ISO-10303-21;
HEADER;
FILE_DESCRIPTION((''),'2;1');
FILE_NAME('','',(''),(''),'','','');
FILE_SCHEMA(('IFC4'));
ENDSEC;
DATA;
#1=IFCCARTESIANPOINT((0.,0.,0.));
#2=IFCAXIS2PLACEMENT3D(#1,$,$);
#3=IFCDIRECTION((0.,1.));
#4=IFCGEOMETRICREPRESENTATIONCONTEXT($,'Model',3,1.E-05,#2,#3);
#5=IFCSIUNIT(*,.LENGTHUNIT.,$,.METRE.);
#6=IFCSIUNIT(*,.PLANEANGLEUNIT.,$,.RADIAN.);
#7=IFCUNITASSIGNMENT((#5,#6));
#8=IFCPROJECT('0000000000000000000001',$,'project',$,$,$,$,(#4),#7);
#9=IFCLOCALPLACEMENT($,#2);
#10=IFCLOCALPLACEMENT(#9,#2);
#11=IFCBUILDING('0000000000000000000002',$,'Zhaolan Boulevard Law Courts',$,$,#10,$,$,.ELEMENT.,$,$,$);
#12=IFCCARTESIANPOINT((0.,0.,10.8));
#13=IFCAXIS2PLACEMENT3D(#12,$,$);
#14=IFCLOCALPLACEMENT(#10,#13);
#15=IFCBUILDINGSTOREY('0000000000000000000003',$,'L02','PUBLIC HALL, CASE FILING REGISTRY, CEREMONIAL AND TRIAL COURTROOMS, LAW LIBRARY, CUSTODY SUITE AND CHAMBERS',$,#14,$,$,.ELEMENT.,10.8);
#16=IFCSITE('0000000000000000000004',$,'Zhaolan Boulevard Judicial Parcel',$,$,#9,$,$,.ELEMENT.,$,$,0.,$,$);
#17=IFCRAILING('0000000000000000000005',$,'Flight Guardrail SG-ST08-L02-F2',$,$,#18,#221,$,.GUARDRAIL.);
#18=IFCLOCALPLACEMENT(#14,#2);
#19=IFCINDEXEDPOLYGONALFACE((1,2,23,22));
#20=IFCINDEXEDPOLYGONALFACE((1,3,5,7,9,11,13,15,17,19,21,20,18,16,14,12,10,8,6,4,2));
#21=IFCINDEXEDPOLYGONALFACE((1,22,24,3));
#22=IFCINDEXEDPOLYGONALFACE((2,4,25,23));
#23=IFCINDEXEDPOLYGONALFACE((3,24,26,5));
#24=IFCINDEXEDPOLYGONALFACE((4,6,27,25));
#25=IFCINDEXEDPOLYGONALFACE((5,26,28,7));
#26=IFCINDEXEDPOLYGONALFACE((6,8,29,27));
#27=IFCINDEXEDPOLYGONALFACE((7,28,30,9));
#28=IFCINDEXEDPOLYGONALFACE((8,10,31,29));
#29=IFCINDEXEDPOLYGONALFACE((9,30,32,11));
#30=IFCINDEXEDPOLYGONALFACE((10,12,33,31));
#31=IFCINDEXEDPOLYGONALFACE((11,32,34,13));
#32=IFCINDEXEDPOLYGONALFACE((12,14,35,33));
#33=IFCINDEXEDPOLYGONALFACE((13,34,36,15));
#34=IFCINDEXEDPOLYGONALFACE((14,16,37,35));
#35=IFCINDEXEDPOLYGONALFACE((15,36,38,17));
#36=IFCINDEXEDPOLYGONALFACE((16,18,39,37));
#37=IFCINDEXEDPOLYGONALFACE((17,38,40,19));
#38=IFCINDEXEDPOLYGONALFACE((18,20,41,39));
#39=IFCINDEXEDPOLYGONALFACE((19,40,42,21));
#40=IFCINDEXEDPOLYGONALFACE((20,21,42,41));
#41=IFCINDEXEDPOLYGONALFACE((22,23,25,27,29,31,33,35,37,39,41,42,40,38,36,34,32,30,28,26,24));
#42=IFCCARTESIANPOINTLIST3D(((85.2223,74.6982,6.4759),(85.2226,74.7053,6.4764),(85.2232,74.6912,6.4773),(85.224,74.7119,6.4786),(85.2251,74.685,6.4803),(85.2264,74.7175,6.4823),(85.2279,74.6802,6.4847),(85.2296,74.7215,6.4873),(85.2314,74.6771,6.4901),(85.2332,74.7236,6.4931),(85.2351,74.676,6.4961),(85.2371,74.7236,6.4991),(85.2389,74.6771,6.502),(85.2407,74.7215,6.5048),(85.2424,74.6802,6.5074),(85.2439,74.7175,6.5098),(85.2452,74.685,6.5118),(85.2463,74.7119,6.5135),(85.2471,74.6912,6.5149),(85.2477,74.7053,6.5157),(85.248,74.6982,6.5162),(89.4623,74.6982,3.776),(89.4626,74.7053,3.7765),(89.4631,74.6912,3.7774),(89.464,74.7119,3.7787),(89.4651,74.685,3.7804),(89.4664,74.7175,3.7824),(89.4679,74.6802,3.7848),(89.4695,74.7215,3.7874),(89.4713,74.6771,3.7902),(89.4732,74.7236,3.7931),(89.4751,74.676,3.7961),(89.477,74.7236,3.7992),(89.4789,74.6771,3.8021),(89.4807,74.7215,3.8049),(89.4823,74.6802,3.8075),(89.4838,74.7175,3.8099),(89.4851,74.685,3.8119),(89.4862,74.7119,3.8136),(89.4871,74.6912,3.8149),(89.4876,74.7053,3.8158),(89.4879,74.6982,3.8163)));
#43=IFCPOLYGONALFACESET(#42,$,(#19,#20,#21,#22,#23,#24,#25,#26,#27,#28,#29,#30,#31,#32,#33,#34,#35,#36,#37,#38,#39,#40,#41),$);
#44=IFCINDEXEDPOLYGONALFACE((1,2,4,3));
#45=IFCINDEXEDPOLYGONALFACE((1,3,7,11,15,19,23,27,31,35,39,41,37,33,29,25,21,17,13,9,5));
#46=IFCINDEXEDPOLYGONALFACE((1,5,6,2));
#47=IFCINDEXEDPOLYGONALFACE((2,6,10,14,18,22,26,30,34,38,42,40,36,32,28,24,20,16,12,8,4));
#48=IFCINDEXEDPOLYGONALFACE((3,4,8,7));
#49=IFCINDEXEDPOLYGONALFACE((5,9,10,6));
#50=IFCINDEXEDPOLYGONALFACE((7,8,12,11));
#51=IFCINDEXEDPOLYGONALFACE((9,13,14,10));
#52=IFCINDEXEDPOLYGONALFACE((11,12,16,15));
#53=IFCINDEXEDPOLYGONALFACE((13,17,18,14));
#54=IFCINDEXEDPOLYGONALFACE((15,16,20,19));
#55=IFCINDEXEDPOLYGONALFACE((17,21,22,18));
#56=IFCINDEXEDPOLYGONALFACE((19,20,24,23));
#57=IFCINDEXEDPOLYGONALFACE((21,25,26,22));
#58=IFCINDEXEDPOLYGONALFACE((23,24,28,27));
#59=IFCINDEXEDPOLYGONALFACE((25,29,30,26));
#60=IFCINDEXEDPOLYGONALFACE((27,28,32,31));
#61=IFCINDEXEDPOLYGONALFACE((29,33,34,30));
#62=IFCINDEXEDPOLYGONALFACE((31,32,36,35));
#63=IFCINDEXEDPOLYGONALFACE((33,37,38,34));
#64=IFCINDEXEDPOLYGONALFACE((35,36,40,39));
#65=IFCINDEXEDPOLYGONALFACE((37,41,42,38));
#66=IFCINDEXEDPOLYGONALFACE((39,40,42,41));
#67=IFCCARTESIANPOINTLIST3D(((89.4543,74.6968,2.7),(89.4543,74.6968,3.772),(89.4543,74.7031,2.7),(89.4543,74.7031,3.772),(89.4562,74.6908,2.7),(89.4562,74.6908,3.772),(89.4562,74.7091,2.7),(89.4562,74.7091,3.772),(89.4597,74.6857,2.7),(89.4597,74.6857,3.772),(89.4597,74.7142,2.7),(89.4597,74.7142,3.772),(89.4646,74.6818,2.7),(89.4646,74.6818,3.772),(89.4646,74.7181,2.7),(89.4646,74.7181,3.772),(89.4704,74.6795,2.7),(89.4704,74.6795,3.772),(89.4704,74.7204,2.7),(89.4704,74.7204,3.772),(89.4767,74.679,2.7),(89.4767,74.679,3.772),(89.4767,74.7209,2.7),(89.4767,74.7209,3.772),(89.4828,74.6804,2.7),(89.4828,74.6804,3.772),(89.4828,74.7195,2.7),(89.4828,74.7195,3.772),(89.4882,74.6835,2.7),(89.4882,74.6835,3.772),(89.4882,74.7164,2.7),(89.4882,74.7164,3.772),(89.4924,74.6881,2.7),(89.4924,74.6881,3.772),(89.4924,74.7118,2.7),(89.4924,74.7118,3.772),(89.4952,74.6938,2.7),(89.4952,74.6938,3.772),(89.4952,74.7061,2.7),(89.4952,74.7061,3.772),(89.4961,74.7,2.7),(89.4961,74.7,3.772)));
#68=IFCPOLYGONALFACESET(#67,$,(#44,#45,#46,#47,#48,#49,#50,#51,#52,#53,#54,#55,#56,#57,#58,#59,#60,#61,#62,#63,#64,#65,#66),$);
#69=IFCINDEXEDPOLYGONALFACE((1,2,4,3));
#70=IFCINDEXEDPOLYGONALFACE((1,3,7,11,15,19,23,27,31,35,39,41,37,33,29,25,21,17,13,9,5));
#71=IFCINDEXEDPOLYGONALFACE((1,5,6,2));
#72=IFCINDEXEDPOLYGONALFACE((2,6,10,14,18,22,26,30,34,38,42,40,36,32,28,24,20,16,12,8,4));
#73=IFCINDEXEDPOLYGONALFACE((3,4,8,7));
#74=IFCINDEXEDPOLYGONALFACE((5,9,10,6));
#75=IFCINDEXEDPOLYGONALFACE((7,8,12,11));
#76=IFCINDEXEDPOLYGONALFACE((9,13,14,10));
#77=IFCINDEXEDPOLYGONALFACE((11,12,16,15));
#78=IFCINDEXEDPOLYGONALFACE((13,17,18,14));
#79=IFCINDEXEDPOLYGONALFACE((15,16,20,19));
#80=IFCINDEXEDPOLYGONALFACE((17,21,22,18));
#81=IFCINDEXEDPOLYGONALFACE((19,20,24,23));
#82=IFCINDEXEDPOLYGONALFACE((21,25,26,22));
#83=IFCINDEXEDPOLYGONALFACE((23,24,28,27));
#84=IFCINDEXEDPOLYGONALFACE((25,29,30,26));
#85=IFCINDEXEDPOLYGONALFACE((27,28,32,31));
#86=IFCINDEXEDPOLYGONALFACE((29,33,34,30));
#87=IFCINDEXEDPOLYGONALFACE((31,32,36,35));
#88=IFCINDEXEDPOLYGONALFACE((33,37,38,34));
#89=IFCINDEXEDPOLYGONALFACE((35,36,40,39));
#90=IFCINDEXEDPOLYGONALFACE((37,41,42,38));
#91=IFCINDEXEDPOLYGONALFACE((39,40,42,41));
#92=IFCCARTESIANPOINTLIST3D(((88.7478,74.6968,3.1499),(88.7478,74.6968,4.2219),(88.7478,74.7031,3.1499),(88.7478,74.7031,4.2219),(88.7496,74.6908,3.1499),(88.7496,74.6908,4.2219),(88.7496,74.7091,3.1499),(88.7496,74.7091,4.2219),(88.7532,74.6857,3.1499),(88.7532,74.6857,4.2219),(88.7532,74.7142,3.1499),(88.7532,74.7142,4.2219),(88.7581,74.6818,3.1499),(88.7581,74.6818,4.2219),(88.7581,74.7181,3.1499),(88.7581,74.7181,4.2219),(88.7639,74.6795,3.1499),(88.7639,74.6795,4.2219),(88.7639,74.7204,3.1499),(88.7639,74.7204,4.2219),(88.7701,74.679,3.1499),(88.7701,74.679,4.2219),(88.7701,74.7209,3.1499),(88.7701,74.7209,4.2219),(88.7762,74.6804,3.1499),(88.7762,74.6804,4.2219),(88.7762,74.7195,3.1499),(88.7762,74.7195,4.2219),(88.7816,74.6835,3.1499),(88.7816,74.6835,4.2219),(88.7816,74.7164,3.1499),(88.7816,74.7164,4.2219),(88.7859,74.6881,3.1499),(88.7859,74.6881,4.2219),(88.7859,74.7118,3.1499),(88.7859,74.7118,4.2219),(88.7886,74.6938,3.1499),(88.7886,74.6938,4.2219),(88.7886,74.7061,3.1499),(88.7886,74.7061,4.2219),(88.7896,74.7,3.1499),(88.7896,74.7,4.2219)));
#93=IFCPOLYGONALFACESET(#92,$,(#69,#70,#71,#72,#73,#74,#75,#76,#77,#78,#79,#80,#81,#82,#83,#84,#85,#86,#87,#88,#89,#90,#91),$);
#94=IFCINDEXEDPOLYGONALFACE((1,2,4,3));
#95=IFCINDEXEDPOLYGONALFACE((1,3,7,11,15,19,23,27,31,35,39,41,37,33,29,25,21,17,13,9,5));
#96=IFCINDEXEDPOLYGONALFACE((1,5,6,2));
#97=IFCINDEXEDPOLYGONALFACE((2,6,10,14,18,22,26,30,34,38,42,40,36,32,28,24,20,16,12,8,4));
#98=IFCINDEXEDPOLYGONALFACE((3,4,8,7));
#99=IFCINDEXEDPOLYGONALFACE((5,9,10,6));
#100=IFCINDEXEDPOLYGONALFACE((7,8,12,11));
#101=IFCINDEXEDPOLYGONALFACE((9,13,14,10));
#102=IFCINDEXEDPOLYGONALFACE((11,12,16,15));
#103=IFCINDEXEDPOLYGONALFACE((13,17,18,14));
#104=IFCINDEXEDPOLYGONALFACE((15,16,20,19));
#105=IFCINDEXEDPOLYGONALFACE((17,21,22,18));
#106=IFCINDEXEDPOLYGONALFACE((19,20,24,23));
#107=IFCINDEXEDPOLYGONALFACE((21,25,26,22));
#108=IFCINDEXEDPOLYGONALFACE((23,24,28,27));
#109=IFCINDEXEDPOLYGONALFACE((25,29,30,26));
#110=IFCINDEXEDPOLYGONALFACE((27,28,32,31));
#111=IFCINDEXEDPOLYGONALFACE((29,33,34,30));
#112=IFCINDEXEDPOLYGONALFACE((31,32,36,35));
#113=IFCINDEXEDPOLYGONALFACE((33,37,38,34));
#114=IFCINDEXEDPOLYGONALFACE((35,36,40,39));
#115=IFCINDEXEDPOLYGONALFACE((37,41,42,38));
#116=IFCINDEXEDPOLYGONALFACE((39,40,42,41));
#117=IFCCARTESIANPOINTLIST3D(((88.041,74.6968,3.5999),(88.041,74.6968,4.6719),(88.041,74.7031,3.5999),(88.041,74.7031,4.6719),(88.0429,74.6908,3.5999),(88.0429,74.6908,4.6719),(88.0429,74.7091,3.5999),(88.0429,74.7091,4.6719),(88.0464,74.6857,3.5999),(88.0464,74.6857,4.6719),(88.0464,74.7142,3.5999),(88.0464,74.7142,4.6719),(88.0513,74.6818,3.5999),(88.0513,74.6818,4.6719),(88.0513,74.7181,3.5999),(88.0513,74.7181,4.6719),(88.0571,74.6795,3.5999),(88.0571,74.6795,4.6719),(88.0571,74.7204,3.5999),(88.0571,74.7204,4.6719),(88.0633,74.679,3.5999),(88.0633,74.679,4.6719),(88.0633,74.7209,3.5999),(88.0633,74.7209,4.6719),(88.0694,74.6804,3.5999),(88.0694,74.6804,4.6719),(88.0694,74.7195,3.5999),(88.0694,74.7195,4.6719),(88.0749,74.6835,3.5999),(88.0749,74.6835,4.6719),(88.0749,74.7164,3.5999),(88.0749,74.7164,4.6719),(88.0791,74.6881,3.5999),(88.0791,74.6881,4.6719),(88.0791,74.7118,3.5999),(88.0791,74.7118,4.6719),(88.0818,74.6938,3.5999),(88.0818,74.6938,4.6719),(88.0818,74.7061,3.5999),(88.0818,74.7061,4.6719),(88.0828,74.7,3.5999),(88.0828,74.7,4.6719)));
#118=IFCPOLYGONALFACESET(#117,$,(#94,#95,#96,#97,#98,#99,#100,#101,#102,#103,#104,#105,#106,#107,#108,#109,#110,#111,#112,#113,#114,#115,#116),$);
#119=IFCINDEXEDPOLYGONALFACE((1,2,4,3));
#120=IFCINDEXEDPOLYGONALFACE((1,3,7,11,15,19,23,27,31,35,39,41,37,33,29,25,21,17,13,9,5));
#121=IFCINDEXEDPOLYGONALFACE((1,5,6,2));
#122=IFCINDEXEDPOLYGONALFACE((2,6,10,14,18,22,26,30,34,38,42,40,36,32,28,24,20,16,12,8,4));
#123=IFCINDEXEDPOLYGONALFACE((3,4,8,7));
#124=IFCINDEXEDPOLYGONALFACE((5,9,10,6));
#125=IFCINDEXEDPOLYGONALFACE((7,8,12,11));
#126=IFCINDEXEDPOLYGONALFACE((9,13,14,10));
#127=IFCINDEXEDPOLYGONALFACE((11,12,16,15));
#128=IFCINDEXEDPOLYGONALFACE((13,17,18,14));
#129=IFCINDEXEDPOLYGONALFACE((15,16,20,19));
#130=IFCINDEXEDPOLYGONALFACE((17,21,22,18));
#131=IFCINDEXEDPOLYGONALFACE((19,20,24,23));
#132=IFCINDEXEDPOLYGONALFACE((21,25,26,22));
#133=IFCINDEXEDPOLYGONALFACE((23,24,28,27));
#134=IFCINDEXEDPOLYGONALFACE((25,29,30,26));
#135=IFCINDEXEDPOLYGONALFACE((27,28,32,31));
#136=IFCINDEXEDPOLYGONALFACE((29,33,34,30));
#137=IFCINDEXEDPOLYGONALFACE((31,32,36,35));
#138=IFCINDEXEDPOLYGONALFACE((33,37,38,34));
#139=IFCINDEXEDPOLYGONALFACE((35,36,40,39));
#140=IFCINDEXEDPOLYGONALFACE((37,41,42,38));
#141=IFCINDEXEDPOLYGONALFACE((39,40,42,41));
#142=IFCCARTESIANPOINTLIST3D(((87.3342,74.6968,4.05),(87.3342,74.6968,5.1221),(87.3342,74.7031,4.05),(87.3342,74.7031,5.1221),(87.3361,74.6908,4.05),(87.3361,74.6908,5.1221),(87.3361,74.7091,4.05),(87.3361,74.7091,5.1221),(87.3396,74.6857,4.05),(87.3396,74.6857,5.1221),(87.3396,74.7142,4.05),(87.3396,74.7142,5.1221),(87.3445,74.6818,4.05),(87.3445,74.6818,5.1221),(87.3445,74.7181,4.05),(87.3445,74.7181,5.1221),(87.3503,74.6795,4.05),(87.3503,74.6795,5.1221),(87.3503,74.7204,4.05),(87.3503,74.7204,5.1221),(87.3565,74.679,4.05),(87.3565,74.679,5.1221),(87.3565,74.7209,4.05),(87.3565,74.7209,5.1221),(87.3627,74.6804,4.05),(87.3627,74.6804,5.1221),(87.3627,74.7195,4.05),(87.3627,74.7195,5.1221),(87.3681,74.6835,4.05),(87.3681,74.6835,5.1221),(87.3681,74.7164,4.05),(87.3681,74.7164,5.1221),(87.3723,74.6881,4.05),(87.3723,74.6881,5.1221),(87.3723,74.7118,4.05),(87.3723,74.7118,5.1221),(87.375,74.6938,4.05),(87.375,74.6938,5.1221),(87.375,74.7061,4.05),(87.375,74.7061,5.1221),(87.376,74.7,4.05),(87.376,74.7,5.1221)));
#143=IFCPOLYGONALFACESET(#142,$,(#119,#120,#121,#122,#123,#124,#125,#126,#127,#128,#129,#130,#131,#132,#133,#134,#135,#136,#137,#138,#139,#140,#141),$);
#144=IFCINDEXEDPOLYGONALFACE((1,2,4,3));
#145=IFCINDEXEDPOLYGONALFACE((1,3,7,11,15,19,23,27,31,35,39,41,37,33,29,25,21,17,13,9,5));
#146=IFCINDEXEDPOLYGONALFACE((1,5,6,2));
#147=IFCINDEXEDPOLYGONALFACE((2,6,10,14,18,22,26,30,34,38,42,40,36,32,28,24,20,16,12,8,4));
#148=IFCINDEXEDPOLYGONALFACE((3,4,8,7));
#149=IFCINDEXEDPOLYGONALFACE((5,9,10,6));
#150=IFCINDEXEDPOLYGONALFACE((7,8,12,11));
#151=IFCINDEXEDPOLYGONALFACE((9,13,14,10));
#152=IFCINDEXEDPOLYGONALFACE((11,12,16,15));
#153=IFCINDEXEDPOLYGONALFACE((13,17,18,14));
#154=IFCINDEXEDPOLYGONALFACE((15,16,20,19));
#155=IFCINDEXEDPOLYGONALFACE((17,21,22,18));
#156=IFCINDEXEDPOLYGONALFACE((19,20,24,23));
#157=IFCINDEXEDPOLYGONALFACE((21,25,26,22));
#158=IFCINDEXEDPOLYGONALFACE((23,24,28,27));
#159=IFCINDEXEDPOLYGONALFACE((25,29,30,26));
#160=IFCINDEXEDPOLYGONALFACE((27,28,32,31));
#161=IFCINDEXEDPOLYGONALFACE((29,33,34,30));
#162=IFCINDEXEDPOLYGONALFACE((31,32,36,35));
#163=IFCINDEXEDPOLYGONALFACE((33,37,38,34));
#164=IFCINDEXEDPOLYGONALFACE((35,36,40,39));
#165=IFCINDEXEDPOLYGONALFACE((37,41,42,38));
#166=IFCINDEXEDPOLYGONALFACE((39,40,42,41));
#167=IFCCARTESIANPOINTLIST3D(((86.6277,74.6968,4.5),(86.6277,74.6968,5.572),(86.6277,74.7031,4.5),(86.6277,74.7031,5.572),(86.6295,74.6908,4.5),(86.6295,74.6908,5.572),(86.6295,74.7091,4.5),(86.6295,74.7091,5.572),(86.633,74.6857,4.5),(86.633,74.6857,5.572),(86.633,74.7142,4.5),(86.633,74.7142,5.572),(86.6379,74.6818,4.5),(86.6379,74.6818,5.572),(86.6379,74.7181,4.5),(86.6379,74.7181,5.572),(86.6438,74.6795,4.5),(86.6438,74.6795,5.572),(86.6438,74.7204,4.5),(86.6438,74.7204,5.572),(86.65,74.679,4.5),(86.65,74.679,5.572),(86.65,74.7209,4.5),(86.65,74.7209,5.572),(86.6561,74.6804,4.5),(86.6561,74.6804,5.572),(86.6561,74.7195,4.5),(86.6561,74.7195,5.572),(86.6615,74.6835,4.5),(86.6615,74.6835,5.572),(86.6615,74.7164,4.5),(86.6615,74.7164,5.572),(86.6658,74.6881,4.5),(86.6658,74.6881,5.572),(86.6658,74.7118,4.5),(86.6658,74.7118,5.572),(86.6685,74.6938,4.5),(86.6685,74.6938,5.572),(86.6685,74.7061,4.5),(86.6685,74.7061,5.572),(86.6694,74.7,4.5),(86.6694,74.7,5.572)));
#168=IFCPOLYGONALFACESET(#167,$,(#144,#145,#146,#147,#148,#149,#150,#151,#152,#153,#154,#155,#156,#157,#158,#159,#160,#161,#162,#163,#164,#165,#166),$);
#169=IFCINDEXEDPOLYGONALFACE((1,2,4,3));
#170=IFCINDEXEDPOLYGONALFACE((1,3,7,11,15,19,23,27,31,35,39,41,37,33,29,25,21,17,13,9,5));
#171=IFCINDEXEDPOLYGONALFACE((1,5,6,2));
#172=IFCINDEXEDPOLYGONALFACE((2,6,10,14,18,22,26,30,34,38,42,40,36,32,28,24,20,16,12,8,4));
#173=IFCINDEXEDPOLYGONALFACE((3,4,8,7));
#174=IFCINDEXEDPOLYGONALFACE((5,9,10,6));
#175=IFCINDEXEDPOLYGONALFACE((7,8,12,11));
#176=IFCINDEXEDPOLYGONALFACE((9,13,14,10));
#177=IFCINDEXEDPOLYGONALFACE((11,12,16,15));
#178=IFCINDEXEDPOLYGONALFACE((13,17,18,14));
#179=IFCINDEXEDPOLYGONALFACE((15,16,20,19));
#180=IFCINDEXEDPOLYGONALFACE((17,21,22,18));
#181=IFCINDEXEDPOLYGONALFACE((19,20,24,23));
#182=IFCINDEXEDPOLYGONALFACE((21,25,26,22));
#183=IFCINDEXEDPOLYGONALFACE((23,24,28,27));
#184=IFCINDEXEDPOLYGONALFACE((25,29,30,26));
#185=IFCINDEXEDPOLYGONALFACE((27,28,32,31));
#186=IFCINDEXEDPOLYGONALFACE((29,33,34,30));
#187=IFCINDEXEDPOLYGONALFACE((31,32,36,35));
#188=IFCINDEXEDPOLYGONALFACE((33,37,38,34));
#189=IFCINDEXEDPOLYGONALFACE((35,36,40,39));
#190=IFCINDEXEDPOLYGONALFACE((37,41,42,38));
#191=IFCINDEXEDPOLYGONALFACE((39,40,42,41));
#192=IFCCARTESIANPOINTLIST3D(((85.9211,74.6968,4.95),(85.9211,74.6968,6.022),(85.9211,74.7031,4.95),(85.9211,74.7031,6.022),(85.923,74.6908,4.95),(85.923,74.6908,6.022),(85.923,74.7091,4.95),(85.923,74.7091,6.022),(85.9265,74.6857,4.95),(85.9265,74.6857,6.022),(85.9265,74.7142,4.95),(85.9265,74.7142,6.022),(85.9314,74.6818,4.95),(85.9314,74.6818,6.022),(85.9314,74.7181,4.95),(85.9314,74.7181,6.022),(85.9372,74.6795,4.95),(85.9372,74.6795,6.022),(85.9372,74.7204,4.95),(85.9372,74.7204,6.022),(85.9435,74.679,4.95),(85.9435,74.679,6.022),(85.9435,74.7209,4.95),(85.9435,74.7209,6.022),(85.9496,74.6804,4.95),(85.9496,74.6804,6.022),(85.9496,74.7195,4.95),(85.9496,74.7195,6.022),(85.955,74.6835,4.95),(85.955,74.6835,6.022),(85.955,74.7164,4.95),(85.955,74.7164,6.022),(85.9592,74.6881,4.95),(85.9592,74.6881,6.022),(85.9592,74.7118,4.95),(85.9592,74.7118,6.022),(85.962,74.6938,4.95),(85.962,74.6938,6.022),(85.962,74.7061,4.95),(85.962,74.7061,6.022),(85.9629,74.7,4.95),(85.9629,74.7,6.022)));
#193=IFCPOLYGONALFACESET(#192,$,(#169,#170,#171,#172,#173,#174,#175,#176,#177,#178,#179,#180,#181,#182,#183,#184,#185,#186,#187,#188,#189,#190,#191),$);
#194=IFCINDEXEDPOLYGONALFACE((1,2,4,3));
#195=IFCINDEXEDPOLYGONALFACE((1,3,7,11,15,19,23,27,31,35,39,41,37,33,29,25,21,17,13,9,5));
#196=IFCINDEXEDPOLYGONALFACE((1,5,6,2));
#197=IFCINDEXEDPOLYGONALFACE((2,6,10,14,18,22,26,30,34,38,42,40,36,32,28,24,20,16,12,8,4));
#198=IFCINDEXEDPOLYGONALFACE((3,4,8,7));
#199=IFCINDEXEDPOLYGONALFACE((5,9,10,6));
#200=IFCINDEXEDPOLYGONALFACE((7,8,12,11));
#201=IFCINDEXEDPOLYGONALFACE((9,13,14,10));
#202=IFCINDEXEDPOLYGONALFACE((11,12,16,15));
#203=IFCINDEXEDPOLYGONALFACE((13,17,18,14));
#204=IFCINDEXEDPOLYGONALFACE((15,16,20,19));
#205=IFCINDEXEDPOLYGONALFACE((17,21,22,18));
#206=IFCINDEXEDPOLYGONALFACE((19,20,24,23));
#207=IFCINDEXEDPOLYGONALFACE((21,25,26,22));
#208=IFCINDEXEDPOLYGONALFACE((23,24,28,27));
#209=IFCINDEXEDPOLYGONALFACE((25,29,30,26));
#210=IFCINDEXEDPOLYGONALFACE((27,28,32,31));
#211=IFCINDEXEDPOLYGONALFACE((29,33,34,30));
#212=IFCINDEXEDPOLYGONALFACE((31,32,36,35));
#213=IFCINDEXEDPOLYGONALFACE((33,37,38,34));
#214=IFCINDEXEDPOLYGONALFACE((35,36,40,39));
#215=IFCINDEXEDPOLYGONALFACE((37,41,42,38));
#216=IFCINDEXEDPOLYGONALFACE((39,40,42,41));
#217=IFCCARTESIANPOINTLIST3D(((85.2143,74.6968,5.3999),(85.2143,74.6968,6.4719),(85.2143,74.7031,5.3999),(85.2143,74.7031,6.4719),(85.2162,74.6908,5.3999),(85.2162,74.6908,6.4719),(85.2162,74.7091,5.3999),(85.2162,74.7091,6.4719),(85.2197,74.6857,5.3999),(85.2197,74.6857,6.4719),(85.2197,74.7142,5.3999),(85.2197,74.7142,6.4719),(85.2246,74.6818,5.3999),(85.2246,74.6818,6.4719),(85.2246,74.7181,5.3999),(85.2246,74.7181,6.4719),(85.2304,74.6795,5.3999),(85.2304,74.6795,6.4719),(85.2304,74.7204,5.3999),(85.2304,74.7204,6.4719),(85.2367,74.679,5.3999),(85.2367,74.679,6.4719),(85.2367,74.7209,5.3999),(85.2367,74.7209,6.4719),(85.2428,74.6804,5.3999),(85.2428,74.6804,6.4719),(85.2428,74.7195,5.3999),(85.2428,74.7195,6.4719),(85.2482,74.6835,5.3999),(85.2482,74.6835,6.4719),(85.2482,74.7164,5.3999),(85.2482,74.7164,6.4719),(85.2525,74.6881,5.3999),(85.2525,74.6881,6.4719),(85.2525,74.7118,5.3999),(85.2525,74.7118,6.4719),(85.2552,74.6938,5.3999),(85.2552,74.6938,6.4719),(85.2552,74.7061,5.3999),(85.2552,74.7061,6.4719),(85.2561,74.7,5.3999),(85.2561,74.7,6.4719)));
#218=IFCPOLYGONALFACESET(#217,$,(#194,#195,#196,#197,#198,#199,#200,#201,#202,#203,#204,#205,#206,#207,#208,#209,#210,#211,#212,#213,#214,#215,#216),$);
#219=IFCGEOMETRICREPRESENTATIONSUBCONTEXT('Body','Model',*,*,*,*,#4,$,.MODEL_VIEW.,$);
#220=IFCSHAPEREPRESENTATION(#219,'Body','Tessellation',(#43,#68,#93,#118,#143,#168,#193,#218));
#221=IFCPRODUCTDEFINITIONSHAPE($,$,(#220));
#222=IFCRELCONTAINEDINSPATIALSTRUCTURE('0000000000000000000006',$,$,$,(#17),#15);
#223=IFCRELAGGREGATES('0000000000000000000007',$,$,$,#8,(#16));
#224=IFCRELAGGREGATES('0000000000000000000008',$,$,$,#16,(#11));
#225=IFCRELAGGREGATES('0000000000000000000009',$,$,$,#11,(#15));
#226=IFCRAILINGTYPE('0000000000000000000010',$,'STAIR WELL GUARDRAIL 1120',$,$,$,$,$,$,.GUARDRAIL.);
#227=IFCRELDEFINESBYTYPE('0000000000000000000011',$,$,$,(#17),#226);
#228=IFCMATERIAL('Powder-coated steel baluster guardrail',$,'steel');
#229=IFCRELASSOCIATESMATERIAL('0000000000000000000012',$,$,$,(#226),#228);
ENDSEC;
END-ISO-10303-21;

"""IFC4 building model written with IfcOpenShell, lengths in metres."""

from ifc_helpers import new_model, si_unit, direction, frame, origin, origin_2d, place, context, subcontext, project, spatial, circle, extrude, material, type_object, element, save


model = new_model("IFC4")

# Units and contexts
model_context = context("Model", 3, precision=1e-05, world=origin(), true_north=direction((0.0, 1.0)))
body_context = subcontext(model_context, "Body", "Model", "MODEL_VIEW")
ifc_project = project(units=[si_unit("LENGTHUNIT", "METRE"), si_unit("PLANEANGLEUNIT", "RADIAN")], contexts=[model_context])

# Site, building, storey
site_placement = place(None, origin())
site = spatial("IfcSite", under=ifc_project, at=site_placement, Name="Zhaolan Boulevard Judicial Parcel", CompositionType="ELEMENT", RefElevation=0.0)
building_placement = place(site_placement, origin())
building = spatial("IfcBuilding", under=site, at=building_placement, Name="Zhaolan Boulevard Law Courts", CompositionType="ELEMENT")
storey_placement = place(building_placement, frame((0.0, 0.0, 10.8)))
storey = spatial("IfcBuildingStorey", under=building, at=storey_placement, Name="L02", Description="PUBLIC HALL, CASE FILING REGISTRY, CEREMONIAL AND TRIAL COURTROOMS, LAW LIBRARY, CUSTODY SUITE AND CHAMBERS", CompositionType="ELEMENT", Elevation=10.8)

# Railing
ifc_material_1 = material(Name="Powder-coated steel baluster guardrail", Category="steel")
railing_type_1 = type_object("IfcRailingType", Name="STAIR WELL GUARDRAIL 1120", PredefinedType="GUARDRAIL", material=ifc_material_1)
railing_1_placement = place(storey_placement, frame((89.4751, 74.7, 2.7)))
element("IfcRailing", 1, at=railing_1_placement, inside=storey, type_object=railing_type_1, Name="Flight Guardrail SG-ST08-L02-F2", PredefinedType="GUARDRAIL", context=body_context, shape_type="SweptSolid", body=[
    extrude(circle(Radius=0.0239, at=origin_2d()), frame((0.0, 0.0, 1.0962), z_axis=(-0.843501, 0.0, 0.537127), x_axis=(0.0, -1.0, 0.0)), (0.0, 0.0, 1.0), 5.0266),
    extrude(circle(Radius=0.021, at=origin_2d()), origin(), (0.0, 0.0, 1.0), 1.072),
    extrude(circle(Radius=0.021, at=origin_2d()), frame((-0.7065, 0.0, 0.45)), (0.0, 0.0, 1.0), 1.072),
    extrude(circle(Radius=0.021, at=origin_2d()), frame((-1.4133, 0.0, 0.8999)), (0.0, 0.0, 1.0), 1.072),
    extrude(circle(Radius=0.021, at=origin_2d()), frame((-2.1201, 0.0, 1.3501)), (0.0, 0.0, 1.0), 1.072),
    extrude(circle(Radius=0.021, at=origin_2d()), frame((-2.8267, 0.0, 1.8)), (0.0, 0.0, 1.0), 1.072),
    extrude(circle(Radius=0.021, at=origin_2d()), frame((-3.5332, 0.0, 2.25)), (0.0, 0.0, 1.0), 1.072),
    extrude(circle(Radius=0.021, at=origin_2d()), frame((-4.24, 0.0, 2.7)), (0.0, 0.0, 1.0), 1.072),
])

save(model, "model.ifc")
